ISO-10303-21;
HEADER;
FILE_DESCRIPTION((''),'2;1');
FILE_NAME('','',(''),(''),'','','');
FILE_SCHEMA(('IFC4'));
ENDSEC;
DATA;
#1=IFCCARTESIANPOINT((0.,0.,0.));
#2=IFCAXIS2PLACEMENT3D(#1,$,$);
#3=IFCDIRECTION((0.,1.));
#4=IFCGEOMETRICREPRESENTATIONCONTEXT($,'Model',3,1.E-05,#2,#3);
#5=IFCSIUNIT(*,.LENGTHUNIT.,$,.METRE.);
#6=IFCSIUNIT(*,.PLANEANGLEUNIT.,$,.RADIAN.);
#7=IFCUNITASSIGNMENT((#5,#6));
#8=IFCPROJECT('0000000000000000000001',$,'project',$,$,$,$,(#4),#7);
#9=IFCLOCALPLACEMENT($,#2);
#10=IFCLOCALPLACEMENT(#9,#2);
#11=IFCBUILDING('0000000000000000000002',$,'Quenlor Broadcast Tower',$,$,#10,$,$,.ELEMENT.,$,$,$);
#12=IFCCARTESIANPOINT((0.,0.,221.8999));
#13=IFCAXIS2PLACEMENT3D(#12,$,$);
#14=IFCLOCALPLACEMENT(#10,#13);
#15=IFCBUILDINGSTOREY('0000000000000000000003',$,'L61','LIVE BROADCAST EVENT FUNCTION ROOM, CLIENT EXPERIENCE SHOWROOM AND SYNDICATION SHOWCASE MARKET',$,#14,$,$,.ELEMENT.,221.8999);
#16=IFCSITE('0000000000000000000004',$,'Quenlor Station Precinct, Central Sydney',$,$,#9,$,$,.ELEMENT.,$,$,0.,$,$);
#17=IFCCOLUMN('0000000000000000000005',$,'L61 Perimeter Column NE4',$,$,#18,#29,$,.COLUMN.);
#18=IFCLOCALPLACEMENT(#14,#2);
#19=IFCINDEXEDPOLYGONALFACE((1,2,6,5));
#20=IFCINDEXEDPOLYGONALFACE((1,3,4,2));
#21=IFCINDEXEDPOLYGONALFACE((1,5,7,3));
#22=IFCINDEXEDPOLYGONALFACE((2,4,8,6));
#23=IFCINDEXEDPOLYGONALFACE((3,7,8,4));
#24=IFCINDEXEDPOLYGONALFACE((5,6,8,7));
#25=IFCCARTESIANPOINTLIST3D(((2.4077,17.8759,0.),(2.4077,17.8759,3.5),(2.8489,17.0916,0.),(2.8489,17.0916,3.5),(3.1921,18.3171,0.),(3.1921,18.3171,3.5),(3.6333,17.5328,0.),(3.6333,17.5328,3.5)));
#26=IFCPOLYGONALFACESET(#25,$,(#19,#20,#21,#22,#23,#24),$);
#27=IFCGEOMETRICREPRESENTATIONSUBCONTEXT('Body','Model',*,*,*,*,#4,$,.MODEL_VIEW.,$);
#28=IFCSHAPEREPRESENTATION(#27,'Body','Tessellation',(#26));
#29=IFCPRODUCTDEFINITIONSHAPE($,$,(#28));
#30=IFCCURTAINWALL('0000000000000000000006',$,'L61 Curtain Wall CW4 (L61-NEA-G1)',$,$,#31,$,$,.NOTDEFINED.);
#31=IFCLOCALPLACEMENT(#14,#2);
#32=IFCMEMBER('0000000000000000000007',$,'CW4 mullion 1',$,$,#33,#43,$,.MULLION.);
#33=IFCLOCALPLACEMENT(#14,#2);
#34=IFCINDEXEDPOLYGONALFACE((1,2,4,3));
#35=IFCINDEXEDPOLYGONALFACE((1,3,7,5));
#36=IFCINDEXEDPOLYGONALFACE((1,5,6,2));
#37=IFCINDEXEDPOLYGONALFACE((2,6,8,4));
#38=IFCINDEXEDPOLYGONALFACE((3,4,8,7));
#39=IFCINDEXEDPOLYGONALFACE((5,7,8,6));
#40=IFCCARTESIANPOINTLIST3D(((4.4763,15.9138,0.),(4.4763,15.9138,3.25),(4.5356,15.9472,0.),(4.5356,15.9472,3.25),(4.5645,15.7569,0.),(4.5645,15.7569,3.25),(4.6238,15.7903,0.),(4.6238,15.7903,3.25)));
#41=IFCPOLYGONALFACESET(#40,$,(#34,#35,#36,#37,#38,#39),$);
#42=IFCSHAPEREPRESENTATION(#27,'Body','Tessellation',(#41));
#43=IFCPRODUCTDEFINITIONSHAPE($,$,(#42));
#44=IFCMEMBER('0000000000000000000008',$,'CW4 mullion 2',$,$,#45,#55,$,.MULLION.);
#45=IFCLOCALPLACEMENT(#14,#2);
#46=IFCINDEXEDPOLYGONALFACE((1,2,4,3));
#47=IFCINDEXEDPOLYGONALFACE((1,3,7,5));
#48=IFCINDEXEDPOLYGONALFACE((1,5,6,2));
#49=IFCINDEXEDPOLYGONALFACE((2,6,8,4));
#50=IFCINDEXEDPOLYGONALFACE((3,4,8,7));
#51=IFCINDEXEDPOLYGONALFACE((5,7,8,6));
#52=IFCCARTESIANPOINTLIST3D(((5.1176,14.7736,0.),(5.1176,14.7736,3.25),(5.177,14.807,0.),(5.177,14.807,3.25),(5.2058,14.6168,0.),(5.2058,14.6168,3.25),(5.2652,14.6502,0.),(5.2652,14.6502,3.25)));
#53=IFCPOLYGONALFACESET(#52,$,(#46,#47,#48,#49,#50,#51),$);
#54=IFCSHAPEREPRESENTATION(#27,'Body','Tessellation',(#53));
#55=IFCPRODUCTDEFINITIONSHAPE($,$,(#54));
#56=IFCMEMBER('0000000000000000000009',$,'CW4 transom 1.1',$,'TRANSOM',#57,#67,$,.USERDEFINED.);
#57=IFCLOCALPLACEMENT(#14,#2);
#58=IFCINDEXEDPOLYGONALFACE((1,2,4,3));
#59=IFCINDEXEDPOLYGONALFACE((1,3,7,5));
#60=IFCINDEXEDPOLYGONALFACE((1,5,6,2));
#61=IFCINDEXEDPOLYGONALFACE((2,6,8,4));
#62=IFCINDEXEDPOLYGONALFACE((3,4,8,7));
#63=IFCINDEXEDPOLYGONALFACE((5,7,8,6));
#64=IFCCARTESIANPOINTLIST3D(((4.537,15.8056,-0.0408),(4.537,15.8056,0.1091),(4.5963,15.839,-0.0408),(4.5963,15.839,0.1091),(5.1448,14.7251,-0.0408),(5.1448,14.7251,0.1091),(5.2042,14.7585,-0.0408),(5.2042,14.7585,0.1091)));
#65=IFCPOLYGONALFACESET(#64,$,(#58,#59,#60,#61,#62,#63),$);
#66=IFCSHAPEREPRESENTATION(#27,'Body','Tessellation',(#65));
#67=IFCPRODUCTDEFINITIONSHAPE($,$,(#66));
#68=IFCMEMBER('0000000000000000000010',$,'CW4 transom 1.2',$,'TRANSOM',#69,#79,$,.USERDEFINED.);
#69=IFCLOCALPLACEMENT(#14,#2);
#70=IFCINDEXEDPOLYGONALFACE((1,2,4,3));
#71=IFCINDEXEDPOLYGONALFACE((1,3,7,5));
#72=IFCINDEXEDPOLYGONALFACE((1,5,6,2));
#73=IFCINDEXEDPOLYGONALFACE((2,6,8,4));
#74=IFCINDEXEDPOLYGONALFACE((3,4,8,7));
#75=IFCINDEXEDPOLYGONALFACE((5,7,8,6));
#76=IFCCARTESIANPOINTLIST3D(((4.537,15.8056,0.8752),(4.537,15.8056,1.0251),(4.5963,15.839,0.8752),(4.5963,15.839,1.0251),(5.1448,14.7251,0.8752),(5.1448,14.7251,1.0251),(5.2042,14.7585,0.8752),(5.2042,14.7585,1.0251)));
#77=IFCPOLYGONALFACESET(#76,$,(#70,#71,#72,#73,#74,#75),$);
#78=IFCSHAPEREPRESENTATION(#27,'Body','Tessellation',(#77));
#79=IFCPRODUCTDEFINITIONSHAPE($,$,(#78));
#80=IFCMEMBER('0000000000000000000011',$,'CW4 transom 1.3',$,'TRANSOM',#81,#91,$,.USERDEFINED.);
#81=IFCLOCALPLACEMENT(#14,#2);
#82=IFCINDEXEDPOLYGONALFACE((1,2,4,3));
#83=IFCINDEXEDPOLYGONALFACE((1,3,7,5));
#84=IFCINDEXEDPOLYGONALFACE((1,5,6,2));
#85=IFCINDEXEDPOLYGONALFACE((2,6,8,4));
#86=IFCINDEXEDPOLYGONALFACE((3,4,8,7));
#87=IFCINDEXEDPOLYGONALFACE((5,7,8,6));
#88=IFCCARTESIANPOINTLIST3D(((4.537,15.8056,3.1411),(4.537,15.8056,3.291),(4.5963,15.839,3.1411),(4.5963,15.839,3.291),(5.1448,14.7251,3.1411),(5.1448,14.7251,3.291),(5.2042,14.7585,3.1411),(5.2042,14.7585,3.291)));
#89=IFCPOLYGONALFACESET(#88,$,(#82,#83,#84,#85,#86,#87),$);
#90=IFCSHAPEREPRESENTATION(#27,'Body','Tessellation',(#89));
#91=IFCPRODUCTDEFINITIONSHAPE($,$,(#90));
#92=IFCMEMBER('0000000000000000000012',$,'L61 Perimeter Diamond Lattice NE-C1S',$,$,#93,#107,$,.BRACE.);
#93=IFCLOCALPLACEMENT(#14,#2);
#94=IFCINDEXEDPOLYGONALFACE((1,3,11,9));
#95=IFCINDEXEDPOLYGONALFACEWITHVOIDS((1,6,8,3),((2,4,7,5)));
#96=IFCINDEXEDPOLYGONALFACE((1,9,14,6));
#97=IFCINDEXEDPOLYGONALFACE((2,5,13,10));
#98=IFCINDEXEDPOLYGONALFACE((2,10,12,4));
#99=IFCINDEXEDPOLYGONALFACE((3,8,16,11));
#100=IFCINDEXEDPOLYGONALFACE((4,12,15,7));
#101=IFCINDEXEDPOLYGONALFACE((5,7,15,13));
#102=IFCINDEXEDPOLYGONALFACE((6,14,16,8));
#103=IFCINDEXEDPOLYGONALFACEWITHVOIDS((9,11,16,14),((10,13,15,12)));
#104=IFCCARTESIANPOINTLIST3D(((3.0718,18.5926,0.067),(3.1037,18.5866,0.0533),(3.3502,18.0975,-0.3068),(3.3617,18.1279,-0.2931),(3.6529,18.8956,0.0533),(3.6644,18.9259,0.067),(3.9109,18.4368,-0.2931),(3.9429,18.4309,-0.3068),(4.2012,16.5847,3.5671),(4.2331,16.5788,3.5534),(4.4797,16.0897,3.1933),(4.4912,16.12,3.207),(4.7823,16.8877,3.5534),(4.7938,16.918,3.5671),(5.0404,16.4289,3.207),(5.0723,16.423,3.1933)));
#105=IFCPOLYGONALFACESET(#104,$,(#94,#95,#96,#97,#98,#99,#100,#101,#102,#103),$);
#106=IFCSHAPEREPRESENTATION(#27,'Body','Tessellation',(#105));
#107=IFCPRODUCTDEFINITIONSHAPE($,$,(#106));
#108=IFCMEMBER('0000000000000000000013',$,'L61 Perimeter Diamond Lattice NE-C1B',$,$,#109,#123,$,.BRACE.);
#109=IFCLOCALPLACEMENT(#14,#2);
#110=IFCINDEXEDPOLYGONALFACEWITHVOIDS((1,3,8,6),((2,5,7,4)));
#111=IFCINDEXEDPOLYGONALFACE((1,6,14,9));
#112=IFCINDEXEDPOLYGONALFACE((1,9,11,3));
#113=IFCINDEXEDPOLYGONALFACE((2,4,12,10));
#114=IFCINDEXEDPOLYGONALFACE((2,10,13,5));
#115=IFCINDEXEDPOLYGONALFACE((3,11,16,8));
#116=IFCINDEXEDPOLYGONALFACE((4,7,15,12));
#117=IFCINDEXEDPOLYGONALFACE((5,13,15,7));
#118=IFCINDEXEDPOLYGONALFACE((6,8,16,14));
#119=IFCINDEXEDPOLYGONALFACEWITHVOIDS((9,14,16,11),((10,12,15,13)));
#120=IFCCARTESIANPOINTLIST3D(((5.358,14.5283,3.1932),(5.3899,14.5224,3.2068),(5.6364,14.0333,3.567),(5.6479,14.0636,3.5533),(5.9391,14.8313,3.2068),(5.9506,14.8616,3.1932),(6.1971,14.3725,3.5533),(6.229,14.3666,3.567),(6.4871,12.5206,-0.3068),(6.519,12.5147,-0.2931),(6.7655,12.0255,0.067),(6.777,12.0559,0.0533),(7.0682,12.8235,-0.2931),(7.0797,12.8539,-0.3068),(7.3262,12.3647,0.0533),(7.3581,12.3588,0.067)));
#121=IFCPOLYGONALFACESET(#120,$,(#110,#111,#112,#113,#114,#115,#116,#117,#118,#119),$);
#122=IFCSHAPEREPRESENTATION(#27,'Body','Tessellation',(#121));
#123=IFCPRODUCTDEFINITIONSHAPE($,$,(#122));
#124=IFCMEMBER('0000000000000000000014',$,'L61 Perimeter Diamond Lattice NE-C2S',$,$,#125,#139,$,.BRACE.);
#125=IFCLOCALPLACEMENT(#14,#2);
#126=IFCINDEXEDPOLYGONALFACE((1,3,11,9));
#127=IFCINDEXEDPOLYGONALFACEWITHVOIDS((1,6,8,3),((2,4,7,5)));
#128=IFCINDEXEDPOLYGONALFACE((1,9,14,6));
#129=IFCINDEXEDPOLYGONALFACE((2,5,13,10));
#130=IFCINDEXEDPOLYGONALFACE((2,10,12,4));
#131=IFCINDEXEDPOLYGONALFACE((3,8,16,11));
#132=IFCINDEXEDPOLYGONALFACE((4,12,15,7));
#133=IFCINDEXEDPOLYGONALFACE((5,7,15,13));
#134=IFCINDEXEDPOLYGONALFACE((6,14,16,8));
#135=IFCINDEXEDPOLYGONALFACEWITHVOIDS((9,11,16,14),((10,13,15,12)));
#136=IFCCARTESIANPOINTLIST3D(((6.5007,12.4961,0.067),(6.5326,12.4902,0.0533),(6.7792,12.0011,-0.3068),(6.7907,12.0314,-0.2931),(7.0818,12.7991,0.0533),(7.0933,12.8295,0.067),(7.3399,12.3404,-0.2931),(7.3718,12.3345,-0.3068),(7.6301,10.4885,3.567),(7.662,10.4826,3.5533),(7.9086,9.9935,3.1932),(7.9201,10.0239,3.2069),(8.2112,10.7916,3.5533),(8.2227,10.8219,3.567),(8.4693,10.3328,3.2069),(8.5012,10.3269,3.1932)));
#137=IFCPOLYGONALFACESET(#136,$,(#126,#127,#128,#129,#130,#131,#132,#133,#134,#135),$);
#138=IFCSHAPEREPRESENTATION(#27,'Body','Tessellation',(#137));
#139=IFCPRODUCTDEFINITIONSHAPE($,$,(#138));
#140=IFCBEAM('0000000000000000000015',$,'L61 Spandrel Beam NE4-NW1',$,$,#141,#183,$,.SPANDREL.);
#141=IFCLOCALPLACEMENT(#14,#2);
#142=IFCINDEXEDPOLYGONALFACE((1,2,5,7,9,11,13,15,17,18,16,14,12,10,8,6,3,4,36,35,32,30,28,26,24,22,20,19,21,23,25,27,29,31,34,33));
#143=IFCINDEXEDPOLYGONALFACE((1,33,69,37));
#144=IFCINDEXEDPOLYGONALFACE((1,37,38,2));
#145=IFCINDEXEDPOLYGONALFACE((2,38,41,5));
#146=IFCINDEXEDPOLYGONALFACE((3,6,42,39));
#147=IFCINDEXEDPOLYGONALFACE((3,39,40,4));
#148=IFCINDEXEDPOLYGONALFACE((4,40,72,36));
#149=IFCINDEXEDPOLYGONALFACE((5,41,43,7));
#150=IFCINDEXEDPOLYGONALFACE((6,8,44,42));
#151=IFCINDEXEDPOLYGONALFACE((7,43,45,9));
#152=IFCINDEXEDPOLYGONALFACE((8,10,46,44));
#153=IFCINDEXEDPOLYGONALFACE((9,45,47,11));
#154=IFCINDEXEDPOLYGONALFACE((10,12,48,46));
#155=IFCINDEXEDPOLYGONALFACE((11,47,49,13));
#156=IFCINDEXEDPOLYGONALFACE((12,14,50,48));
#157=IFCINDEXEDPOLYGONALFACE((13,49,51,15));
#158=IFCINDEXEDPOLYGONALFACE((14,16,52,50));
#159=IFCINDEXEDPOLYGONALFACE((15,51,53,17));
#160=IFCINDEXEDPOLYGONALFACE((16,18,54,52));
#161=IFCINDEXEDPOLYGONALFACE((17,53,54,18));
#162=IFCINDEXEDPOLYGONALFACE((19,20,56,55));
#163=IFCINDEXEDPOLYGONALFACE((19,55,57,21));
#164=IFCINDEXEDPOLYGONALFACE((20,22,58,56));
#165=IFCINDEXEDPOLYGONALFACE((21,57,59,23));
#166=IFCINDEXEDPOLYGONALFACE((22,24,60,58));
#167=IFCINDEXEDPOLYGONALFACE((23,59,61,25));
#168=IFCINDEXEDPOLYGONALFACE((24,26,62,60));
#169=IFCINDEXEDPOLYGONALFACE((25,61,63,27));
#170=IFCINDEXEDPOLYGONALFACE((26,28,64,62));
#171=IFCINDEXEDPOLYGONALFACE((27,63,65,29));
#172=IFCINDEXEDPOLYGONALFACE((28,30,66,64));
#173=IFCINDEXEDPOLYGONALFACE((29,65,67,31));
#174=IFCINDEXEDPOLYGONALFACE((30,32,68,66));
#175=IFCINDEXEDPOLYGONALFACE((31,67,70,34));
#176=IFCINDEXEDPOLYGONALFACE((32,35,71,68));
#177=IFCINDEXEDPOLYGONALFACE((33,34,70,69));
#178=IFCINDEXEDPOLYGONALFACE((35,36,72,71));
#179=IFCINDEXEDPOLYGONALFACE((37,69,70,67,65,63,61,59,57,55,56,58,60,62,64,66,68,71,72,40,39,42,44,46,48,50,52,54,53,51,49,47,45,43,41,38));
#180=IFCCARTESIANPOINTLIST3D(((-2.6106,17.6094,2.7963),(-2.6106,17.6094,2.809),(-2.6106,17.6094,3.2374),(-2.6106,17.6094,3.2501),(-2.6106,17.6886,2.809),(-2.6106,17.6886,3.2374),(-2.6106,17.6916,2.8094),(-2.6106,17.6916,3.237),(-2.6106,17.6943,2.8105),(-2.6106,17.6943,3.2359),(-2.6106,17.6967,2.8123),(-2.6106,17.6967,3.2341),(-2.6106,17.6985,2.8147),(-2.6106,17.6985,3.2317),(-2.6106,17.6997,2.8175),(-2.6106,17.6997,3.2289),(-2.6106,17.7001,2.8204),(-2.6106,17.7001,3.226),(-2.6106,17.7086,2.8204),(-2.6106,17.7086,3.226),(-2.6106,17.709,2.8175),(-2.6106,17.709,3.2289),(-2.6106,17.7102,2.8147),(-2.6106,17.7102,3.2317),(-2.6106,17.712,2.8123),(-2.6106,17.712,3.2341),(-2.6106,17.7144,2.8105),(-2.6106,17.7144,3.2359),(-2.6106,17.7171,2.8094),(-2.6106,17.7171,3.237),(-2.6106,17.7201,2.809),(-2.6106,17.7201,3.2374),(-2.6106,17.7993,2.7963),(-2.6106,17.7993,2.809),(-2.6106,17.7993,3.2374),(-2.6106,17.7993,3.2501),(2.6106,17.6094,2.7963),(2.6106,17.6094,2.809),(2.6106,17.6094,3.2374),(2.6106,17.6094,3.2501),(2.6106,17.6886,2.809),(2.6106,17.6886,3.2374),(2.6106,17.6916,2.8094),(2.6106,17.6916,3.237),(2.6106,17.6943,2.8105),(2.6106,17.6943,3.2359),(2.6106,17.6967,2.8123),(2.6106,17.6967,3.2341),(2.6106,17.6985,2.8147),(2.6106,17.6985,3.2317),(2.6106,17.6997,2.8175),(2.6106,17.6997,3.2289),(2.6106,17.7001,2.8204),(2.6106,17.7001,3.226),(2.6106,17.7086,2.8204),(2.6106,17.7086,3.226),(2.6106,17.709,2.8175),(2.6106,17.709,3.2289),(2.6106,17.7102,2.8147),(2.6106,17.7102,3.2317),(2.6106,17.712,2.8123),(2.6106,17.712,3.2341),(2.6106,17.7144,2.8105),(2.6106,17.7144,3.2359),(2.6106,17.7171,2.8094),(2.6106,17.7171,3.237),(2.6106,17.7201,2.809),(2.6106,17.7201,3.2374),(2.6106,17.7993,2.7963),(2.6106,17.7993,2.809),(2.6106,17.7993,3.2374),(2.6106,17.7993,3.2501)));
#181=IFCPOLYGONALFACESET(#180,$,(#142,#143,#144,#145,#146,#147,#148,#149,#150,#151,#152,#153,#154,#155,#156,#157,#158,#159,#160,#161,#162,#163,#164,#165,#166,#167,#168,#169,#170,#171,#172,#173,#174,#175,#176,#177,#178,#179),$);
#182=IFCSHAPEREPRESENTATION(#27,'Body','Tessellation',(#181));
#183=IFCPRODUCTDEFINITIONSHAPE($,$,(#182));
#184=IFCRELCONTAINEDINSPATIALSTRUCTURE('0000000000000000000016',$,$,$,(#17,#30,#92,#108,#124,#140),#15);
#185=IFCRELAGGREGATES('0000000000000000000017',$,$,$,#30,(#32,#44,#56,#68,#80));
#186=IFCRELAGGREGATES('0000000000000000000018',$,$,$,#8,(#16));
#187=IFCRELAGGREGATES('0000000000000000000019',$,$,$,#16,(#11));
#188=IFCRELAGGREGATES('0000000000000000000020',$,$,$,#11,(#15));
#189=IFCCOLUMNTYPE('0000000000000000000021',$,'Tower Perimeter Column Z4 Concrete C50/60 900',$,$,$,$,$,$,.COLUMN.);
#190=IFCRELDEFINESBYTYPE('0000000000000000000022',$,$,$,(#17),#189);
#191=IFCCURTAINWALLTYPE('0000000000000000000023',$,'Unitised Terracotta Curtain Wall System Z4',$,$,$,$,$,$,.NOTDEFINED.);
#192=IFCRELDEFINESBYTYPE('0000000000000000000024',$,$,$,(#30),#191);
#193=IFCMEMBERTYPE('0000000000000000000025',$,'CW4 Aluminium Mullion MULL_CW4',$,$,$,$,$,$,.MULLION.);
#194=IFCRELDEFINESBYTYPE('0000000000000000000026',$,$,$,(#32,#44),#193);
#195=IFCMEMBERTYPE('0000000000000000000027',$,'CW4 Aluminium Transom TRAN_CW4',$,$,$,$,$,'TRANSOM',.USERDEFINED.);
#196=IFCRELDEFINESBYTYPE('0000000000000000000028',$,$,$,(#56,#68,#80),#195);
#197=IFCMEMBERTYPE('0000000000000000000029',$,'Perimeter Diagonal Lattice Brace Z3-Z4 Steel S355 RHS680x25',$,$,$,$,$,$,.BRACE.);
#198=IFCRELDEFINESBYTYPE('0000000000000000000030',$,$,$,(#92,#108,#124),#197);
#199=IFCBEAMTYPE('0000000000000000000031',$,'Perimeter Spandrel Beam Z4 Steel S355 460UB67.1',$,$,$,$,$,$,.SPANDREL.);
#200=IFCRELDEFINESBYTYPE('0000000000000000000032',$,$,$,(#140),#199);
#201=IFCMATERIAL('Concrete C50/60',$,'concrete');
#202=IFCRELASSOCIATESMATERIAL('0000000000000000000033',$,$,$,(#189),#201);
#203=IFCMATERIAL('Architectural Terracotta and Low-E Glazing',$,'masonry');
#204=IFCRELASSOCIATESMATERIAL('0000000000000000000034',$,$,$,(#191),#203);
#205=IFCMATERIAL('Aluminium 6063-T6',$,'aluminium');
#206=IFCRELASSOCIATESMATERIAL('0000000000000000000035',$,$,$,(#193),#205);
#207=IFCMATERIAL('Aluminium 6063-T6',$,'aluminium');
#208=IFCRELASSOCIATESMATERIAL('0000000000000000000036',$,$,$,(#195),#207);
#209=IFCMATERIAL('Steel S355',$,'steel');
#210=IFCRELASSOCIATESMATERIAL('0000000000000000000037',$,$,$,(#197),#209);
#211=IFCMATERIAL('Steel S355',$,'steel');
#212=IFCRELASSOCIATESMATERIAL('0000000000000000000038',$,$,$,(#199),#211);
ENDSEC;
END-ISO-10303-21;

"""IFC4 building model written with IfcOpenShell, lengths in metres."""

from ifc_helpers import new_model, si_unit, direction, frame, origin, origin_2d, place, context, subcontext, project, spatial, rectangle, hollow_rectangle, i_section, extrude, material, material_profile, profile_set, type_object, element, aggregate, save


model = new_model("IFC4")

# Units and contexts
model_context = context("Model", 3, precision=1e-05, world=origin(), true_north=direction((0.0, 1.0)))
body_context = subcontext(model_context, "Body", "Model", "MODEL_VIEW")
ifc_project = project(units=[si_unit("LENGTHUNIT", "METRE"), si_unit("PLANEANGLEUNIT", "RADIAN")], contexts=[model_context])

# Site, building, storey
site_placement = place(None, origin())
site = spatial("IfcSite", under=ifc_project, at=site_placement, Name="Quenlor Station Precinct, Central Sydney", CompositionType="ELEMENT", RefElevation=0.0)
building_placement = place(site_placement, origin())
building = spatial("IfcBuilding", under=site, at=building_placement, Name="Quenlor Broadcast Tower", CompositionType="ELEMENT")
storey_placement = place(building_placement, frame((0.0, 0.0, 221.8999)))
storey = spatial("IfcBuildingStorey", under=building, at=storey_placement, Name="L61", Description="LIVE BROADCAST EVENT FUNCTION ROOM, CLIENT EXPERIENCE SHOWROOM AND SYNDICATION SHOWCASE MARKET", CompositionType="ELEMENT", Elevation=221.8999)

# Column
ifc_material_1 = material(Name="Concrete C50/60", Category="concrete")
ifc_material_profile_1 = material_profile(ifc_material_1, rectangle(XDim=0.8999, YDim=0.8999, at=origin_2d()))
ifc_profile_set_1 = profile_set([ifc_material_profile_1], Name="Concrete C50/60 RC900x900")
column_type = type_object("IfcColumnType", Name="Tower Perimeter Column Z4 Concrete C50/60 900", PredefinedType="COLUMN", material=ifc_profile_set_1)
column_placement = place(storey_placement, frame((3.0205, 17.7043, 0.0), z_axis=(0.0, 0.0, 1.0), x_axis=(0.871575, 0.490262, 0.0)))
element("IfcColumn", 1, at=column_placement, inside=storey, type_object=column_type, Name="L61 Perimeter Column NE4", PredefinedType="COLUMN", context=body_context, shape_type="SweptSolid", body=[
    extrude(rectangle(XDim=0.8999, YDim=0.8999, at=origin_2d()), origin(), (0.0, 0.0, 1.0), 3.5),
])

# Curtain wall, members
ifc_material_2 = material(Name="Architectural Terracotta and Low-E Glazing", Category="masonry")
curtain_wall_type = type_object("IfcCurtainWallType", Name="Unitised Terracotta Curtain Wall System Z4", PredefinedType="NOTDEFINED", material=ifc_material_2)
curtain_wall_placement = place(storey_placement, origin())
curtain_wall = element("IfcCurtainWall", 2, at=curtain_wall_placement, inside=storey, type_object=curtain_wall_type, Name="L61 Curtain Wall CW4 (L61-NEA-G1)", PredefinedType="NOTDEFINED")
ifc_material_3 = material(Name="Aluminium 6063-T6", Category="aluminium")
ifc_material_profile_2 = material_profile(ifc_material_3, rectangle(XDim=0.0681, YDim=0.1799, at=origin_2d()))
ifc_profile_set_2 = profile_set([ifc_material_profile_2], Name="Aluminium 6063-T6 MULL68x180")
member_type_1 = type_object("IfcMemberType", Name="CW4 Aluminium Mullion MULL_CW4", PredefinedType="MULLION", material=ifc_profile_set_2)
member_1_placement = place(storey_placement, frame((4.55, 15.8521, 0.0), z_axis=(0.0, 0.0, 1.0), x_axis=(0.87156, 0.490289, 0.0)))
member_1 = element("IfcMember", 3, at=member_1_placement, type_object=member_type_1, Name="CW4 mullion 1", PredefinedType="MULLION", context=body_context, shape_type="SweptSolid", body=[
    extrude(rectangle(XDim=0.0681, YDim=0.1799, at=origin_2d()), origin(), (0.0, 0.0, 1.0), 3.25),
])
member_2_placement = place(storey_placement, frame((5.1914, 14.7119, 0.0), z_axis=(0.0, 0.0, 1.0), x_axis=(0.87156, 0.490289, 0.0)))
member_2 = element("IfcMember", 4, at=member_2_placement, type_object=member_type_1, Name="CW4 mullion 2", PredefinedType="MULLION", context=body_context, shape_type="SweptSolid", body=[
    extrude(rectangle(XDim=0.0681, YDim=0.1799, at=origin_2d()), origin(), (0.0, 0.0, 1.0), 3.25),
])
ifc_material_4 = material(Name="Aluminium 6063-T6", Category="aluminium")
ifc_material_profile_3 = material_profile(ifc_material_4, rectangle(XDim=0.0681, YDim=0.1499, at=origin_2d()))
ifc_profile_set_3 = profile_set([ifc_material_profile_3], Name="Aluminium 6063-T6 TRAN68x150")
member_type_2 = type_object("IfcMemberType", Name="CW4 Aluminium Transom TRAN_CW4", ElementType="TRANSOM", PredefinedType="USERDEFINED", material=ifc_profile_set_3)
member_3_placement = place(storey_placement, frame((4.5667, 15.8223, 0.0342), z_axis=(0.490317, -0.871544, 0.0), x_axis=(0.871544, 0.490317, 0.0)))
member_3 = element("IfcMember", 5, at=member_3_placement, type_object=member_type_2, Name="CW4 transom 1.1", ObjectType="TRANSOM", PredefinedType="USERDEFINED", context=body_context, shape_type="SweptSolid", body=[
    extrude(rectangle(XDim=0.0681, YDim=0.1499, at=origin_2d()), origin(), (0.0, 0.0, 1.0), 1.2397),
])
member_4_placement = place(storey_placement, frame((4.5667, 15.8223, 0.9502), z_axis=(0.490317, -0.871544, 0.0), x_axis=(0.871544, 0.490317, 0.0)))
member_4 = element("IfcMember", 6, at=member_4_placement, type_object=member_type_2, Name="CW4 transom 1.2", ObjectType="TRANSOM", PredefinedType="USERDEFINED", context=body_context, shape_type="SweptSolid", body=[
    extrude(rectangle(XDim=0.0681, YDim=0.1499, at=origin_2d()), origin(), (0.0, 0.0, 1.0), 1.2397),
])
member_5_placement = place(storey_placement, frame((4.5667, 15.8223, 3.2161), z_axis=(0.490317, -0.871544, 0.0), x_axis=(0.871544, 0.490317, 0.0)))
member_5 = element("IfcMember", 7, at=member_5_placement, type_object=member_type_2, Name="CW4 transom 1.3", ObjectType="TRANSOM", PredefinedType="USERDEFINED", context=body_context, shape_type="SweptSolid", body=[
    extrude(rectangle(XDim=0.0681, YDim=0.1499, at=origin_2d()), origin(), (0.0, 0.0, 1.0), 1.2397),
])

# Members
ifc_material_5 = material(Name="Steel S355", Category="steel")
ifc_material_profile_4 = material_profile(ifc_material_5, hollow_rectangle(XDim=0.6799, YDim=0.6799, WallThickness=0.0249, at=origin_2d()))
ifc_profile_set_4 = profile_set([ifc_material_profile_4], Name="Steel S355 RHS680x680x25")
member_type_3 = type_object("IfcMemberType", Name="Perimeter Diagonal Lattice Brace Z3-Z4 Steel S355 RHS680x25", PredefinedType="BRACE", material=ifc_profile_set_4)
member_6_placement = place(storey_placement, frame((3.5073, 18.5117, -0.1199), z_axis=(0.26954, -0.479181, 0.835305), x_axis=(0.871576, 0.490261, 0.0)))
element("IfcMember", 8, at=member_6_placement, inside=storey, type_object=member_type_3, Name="L61 Perimeter Diamond Lattice NE-C1S", PredefinedType="BRACE", context=body_context, shape_type="SweptSolid", body=[
    extrude(hollow_rectangle(XDim=0.6799, YDim=0.6799, WallThickness=0.0249, at=origin_2d()), origin(), (0.0, 0.0, 1.0), 4.1902),
])
for number, where, z_axis, x_axis, name in (
    (9, (6.9226, 12.4397, -0.1199), (-0.269485, 0.479189, 0.835318), (-0.871621, -0.490181, 0.0), "L61 Perimeter Diamond Lattice NE-C1B"),
    (10, (6.9363, 12.4153, -0.1199), (0.269547, -0.479136, 0.835328), (0.87155, 0.490307, 0.0), "L61 Perimeter Diamond Lattice NE-C2S"),
):
    element("IfcMember", number, at=place(storey_placement, frame(where, z_axis=z_axis, x_axis=x_axis)), inside=storey, type_object=member_type_3, Name=name, PredefinedType="BRACE", context=body_context, shape_type="SweptSolid", body=[
        extrude(hollow_rectangle(XDim=0.6799, YDim=0.6799, WallThickness=0.0249, at=origin_2d()), origin(), (0.0, 0.0, 1.0), 4.1899),
    ])

# Beam
ifc_material_6 = material(Name="Steel S355", Category="steel")
ifc_material_profile_5 = material_profile(ifc_material_6, i_section(OverallWidth=0.1899, OverallDepth=0.4539, WebThickness=0.0085, FlangeThickness=0.0127, FilletRadius=0.0115, at=origin_2d()))
ifc_profile_set_5 = profile_set([ifc_material_profile_5], Name="Steel S355 460UB67.1")
beam_type_1 = type_object("IfcBeamType", Name="Perimeter Spandrel Beam Z4 Steel S355 460UB67.1", PredefinedType="SPANDREL", material=ifc_profile_set_5)
beam_1_placement = place(storey_placement, frame((2.6106, 17.7043, 3.0232), z_axis=(-1.0, 0.0, 0.0), x_axis=(0.0, -1.0, 0.0)))
element("IfcBeam", 11, at=beam_1_placement, inside=storey, type_object=beam_type_1, Name="L61 Spandrel Beam NE4-NW1", PredefinedType="SPANDREL", context=body_context, shape_type="SweptSolid", body=[
    extrude(i_section(OverallWidth=0.1899, OverallDepth=0.4539, WebThickness=0.0085, FlangeThickness=0.0127, FilletRadius=0.0115, at=origin_2d()), origin(), (0.0, 0.0, 1.0), 5.2212),
])

aggregate(curtain_wall, [member_1, member_2, member_3, member_4, member_5])

save(model, "model.ifc")
